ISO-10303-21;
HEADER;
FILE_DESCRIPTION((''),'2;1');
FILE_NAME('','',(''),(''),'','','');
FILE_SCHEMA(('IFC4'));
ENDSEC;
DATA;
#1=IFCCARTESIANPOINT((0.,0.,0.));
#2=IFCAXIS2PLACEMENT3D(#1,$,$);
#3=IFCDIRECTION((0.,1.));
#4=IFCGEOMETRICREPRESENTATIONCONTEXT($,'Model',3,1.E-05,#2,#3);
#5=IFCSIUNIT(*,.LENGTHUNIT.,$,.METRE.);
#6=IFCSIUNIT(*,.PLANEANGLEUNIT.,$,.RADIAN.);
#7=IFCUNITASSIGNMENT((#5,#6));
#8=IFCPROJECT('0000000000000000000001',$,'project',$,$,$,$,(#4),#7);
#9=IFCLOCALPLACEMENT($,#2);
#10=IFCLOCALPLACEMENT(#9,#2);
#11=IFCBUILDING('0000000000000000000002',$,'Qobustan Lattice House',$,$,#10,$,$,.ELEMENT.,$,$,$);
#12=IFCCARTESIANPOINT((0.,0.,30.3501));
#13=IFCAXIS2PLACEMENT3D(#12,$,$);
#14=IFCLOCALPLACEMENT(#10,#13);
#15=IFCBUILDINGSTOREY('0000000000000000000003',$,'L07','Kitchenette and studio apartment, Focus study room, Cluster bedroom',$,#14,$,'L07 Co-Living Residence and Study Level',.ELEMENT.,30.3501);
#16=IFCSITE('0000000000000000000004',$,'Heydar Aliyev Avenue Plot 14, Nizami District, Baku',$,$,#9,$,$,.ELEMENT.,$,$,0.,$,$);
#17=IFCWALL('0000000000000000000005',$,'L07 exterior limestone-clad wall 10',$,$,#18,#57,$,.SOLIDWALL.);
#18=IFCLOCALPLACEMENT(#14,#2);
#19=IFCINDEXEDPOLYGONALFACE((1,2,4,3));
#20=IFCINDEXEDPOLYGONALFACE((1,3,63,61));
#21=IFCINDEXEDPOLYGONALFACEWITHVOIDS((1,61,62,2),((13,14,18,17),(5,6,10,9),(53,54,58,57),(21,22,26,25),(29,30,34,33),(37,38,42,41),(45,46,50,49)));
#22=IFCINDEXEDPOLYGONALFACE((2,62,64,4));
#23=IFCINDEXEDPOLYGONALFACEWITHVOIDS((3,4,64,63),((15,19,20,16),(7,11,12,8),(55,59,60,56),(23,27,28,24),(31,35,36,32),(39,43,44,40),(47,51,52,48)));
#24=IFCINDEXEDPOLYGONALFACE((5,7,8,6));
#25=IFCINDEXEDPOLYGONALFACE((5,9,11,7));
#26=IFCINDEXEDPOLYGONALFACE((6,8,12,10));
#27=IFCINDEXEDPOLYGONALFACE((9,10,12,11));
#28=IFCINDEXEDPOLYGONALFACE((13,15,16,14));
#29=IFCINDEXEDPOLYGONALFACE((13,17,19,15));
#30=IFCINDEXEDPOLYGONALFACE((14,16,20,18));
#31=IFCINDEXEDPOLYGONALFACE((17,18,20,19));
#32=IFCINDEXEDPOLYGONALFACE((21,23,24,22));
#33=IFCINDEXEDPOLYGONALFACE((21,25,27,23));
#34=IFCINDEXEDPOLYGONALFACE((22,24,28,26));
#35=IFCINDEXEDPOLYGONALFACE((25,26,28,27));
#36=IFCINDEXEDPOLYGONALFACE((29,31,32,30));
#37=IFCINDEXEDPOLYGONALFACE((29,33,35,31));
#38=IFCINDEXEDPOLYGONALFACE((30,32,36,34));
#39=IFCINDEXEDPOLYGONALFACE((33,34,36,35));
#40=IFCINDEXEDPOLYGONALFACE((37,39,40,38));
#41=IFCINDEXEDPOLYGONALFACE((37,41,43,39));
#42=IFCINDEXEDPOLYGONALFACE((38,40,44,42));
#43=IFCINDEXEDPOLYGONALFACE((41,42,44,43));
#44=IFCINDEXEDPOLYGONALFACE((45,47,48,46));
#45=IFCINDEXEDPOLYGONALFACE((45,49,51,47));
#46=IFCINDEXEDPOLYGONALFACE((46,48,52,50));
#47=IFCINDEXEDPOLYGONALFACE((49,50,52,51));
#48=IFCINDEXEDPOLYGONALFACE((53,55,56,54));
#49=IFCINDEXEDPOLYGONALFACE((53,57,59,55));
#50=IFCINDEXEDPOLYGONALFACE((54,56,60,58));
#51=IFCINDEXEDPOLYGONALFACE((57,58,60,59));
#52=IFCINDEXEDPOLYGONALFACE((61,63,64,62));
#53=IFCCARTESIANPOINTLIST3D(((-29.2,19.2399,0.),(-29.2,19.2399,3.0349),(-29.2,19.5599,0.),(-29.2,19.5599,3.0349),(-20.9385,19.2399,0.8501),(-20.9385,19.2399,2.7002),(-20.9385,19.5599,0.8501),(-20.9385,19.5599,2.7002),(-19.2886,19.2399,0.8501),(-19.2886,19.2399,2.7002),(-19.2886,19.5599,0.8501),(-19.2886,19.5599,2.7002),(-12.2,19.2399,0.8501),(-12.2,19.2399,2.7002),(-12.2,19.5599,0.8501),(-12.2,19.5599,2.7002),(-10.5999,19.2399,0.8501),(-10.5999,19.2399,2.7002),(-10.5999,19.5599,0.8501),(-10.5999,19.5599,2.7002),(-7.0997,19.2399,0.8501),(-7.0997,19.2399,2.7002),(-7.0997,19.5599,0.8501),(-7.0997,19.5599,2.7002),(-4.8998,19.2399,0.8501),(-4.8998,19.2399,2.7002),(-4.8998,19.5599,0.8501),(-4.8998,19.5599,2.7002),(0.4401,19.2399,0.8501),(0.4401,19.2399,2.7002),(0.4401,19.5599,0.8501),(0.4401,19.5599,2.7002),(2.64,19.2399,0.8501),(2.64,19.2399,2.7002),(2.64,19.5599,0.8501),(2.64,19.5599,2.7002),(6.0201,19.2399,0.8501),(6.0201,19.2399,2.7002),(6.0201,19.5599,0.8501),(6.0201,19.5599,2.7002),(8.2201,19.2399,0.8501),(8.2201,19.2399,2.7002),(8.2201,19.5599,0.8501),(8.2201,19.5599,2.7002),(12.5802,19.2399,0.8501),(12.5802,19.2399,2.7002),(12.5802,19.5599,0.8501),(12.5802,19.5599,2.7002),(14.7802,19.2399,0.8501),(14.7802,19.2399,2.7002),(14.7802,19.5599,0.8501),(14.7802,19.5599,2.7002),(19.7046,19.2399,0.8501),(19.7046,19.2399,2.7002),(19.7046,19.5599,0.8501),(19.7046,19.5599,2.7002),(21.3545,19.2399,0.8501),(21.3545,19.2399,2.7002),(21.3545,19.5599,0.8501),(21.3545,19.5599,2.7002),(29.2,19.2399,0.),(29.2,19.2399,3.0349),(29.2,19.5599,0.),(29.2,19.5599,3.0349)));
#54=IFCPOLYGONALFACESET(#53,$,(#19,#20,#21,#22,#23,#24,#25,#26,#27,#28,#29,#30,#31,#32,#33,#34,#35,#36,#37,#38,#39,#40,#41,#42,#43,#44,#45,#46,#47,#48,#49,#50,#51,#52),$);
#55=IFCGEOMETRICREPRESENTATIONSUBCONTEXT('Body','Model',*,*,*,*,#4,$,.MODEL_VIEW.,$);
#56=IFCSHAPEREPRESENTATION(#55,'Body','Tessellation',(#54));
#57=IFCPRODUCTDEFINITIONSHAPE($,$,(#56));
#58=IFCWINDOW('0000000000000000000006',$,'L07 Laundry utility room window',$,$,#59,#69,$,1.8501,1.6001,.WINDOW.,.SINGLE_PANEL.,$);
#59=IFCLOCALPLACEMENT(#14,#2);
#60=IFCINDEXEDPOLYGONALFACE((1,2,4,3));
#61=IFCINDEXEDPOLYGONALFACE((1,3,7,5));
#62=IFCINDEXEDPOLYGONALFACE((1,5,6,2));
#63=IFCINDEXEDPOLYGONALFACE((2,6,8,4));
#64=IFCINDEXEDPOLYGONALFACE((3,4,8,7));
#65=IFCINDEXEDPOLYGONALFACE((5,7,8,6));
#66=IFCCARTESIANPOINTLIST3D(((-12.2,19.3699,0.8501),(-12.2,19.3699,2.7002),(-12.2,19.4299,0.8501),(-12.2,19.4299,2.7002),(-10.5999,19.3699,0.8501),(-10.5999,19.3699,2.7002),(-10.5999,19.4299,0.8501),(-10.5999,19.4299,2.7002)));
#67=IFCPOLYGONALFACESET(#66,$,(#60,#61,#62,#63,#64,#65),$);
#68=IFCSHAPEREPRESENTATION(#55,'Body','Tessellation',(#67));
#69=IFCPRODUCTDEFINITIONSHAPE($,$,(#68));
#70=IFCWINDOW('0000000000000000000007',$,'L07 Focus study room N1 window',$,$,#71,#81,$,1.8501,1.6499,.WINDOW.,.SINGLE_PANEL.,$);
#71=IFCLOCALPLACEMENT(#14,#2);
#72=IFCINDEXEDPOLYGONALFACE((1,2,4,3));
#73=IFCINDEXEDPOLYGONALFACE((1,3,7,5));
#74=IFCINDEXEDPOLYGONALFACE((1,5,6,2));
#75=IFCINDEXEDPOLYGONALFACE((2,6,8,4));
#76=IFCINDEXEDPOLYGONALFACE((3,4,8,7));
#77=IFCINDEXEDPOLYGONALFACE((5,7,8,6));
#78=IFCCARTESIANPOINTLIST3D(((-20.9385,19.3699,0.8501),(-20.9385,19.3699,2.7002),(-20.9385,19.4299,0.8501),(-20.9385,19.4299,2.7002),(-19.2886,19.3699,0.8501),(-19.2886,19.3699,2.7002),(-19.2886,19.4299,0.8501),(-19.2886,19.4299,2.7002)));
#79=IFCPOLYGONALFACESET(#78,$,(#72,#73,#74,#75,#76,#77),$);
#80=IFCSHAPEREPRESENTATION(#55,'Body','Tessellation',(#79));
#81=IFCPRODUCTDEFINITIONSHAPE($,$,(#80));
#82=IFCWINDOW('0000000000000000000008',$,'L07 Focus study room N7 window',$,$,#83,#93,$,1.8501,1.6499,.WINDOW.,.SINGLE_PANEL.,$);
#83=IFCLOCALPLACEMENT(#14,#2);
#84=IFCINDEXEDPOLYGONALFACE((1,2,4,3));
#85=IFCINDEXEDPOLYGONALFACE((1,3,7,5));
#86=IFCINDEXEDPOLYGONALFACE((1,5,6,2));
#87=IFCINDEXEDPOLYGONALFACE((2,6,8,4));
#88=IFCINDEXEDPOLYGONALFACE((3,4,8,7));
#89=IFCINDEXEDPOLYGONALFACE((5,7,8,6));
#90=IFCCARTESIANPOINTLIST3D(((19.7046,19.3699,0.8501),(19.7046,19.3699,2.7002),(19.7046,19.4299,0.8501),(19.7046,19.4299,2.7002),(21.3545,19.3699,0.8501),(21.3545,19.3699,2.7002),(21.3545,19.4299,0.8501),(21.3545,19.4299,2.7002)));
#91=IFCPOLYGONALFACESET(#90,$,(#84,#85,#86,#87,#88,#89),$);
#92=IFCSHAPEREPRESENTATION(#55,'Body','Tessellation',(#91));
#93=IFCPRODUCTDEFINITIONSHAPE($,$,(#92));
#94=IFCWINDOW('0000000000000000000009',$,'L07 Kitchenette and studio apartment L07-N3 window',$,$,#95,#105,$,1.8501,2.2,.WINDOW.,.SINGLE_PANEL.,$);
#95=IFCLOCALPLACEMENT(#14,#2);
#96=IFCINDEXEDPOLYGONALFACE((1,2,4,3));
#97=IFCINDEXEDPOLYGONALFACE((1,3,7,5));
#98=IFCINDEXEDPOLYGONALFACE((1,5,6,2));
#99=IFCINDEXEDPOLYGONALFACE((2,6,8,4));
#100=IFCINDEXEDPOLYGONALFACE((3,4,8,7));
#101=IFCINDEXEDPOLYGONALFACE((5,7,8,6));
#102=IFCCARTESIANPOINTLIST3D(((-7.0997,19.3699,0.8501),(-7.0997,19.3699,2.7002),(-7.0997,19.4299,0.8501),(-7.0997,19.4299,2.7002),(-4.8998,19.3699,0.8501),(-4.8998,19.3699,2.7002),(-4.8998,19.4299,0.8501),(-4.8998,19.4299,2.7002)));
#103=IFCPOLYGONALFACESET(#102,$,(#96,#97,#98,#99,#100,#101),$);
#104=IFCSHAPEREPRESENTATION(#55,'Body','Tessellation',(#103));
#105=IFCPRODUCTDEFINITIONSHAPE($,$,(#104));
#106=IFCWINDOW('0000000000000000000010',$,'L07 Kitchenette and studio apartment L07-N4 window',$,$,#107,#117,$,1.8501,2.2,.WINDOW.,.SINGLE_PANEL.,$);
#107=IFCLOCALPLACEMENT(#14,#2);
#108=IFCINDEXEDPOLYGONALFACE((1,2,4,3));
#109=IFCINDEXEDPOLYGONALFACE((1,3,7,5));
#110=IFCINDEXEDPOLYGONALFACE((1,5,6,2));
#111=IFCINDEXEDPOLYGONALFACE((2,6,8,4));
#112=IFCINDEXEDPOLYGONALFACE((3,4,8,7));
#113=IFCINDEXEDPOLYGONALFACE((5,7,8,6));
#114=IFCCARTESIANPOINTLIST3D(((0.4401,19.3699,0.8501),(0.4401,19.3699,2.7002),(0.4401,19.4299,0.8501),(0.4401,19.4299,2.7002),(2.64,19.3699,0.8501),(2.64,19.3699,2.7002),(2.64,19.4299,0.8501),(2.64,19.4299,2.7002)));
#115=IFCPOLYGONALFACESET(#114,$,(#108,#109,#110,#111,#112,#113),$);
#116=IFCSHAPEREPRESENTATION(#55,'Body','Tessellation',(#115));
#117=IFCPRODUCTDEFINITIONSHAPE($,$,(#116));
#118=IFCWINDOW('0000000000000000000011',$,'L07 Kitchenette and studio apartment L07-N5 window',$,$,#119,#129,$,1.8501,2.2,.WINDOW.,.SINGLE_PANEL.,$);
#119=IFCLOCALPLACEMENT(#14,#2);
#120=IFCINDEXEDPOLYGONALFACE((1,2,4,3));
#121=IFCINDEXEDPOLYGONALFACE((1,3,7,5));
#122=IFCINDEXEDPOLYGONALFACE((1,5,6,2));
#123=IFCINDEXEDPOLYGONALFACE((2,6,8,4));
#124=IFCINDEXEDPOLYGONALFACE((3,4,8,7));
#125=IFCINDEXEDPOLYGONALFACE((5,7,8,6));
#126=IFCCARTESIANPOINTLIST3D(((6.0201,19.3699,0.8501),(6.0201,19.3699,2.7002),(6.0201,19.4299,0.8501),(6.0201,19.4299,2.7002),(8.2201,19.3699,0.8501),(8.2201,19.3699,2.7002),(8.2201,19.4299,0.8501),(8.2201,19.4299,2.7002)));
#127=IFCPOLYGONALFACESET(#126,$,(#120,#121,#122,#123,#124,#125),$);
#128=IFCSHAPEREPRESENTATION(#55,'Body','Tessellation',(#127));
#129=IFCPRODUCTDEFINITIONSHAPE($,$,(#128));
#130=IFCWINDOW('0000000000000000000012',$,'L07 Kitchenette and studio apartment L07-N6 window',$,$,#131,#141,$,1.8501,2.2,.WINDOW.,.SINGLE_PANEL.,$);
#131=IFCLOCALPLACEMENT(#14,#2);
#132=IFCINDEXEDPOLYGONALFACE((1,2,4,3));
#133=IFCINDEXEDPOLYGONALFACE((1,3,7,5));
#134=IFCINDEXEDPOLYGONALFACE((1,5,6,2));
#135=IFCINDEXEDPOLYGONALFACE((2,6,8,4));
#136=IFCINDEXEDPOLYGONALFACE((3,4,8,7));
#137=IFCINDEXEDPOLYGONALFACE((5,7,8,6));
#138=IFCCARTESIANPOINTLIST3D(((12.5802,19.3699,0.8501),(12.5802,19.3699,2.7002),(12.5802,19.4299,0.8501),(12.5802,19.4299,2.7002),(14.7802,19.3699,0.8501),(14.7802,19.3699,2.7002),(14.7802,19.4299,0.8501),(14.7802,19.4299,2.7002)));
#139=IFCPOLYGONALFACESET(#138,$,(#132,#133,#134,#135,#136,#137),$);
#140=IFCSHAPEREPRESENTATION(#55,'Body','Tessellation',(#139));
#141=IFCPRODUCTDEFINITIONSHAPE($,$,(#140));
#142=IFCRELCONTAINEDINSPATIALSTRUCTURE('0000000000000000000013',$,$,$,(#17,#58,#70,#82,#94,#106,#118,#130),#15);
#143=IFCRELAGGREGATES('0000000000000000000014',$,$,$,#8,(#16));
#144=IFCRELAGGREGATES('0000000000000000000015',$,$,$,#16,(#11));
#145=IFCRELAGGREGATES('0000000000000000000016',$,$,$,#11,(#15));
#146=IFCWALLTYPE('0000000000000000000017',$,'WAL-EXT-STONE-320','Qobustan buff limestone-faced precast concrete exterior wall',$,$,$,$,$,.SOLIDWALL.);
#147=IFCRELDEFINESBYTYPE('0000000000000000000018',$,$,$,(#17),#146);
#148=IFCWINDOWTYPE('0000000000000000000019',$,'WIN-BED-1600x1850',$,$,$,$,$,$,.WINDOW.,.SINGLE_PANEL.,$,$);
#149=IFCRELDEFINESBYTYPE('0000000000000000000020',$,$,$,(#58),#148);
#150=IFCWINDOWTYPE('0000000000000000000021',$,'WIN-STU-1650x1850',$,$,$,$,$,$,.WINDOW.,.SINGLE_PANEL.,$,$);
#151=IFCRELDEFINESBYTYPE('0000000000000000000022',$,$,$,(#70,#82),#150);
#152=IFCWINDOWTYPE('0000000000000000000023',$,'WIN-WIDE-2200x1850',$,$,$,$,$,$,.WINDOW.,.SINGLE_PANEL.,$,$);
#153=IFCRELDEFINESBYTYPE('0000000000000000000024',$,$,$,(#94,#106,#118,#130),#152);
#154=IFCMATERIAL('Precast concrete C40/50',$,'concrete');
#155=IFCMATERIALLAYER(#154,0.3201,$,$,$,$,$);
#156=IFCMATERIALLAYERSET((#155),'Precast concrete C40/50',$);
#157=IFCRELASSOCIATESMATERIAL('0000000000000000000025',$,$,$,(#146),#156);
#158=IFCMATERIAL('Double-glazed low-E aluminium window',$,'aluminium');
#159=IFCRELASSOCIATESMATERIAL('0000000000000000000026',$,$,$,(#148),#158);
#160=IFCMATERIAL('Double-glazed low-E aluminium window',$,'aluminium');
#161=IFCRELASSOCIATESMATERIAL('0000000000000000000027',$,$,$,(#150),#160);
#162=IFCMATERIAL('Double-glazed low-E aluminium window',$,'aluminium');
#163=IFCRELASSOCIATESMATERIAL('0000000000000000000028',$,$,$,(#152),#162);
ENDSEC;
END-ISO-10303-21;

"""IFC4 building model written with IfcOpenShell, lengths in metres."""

from ifc_helpers import new_model, si_unit, direction, frame, frame_2d, origin, place, context, subcontext, project, spatial, rectangle, extrude, material, layer, layer_set, type_object, element, fill, save


model = new_model("IFC4")

# Units and contexts
model_context = context("Model", 3, precision=1e-05, world=origin(), true_north=direction((0.0, 1.0)))
body_context = subcontext(model_context, "Body", "Model", "MODEL_VIEW")
ifc_project = project(units=[si_unit("LENGTHUNIT", "METRE"), si_unit("PLANEANGLEUNIT", "RADIAN")], contexts=[model_context])

# Site, building, storey
site_placement = place(None, origin())
site = spatial("IfcSite", under=ifc_project, at=site_placement, Name="Heydar Aliyev Avenue Plot 14, Nizami District, Baku", CompositionType="ELEMENT", RefElevation=0.0)
building_placement = place(site_placement, origin())
building = spatial("IfcBuilding", under=site, at=building_placement, Name="Qobustan Lattice House", CompositionType="ELEMENT")
storey_placement = place(building_placement, frame((0.0, 0.0, 30.3501)))
storey = spatial("IfcBuildingStorey", under=building, at=storey_placement, Name="L07", Description="Kitchenette and studio apartment, Focus study room, Cluster bedroom", LongName="L07 Co-Living Residence and Study Level", CompositionType="ELEMENT", Elevation=30.3501)

# Shared definitions
ifc_material_1 = material(Name="Precast concrete C40/50", Category="concrete")
ifc_layer_1 = layer(ifc_material_1, 0.3201)
ifc_layer_set_1 = layer_set([ifc_layer_1], Name="Precast concrete C40/50")
wall_type = type_object("IfcWallType", Name="WAL-EXT-STONE-320", Description="Qobustan buff limestone-faced precast concrete exterior wall", PredefinedType="SOLIDWALL", material=ifc_layer_set_1)

# Wall, openings, windows
wall_1_placement = place(storey_placement, frame((-29.2, 19.3999, 0.0), z_axis=(0.0, 0.0, 1.0), x_axis=(1.0, 0.0, 0.0)))
wall_1 = element("IfcWall", 1, at=wall_1_placement, inside=storey, type_object=wall_type, Name="L07 exterior limestone-clad wall 10", PredefinedType="SOLIDWALL", context=body_context, shape_type="SweptSolid", body=[
    extrude(rectangle(XDim=58.3999, YDim=0.3201, at=frame_2d((29.2, 0.0))), origin(), (0.0, 0.0, 1.0), 3.0349),
])
opening_1_placement = place(wall_1_placement, frame((8.2615, 0.0, 0.8501)))
opening_1 = element("IfcOpeningElement", 2, at=opening_1_placement, cuts=wall_1, PredefinedType="OPENING", context=body_context, shape_type="SweptSolid", body=[
    extrude(rectangle(XDim=1.6499, YDim=1.8501, at=frame_2d((0.825, 0.925))), frame((0.0, 0.1699, 0.0), z_axis=(0.0, -1.0, 0.0), x_axis=(1.0, 0.0, 0.0)), (0.0, 0.0, 1.0), 0.3401),
])
opening_2_placement = place(wall_1_placement, frame((17.0, 0.0, 0.8501)))
opening_2 = element("IfcOpeningElement", 3, at=opening_2_placement, cuts=wall_1, PredefinedType="OPENING", context=body_context, shape_type="SweptSolid", body=[
    extrude(rectangle(XDim=1.6001, YDim=1.8501, at=frame_2d((0.8, 0.925))), frame((0.0, 0.1699, 0.0), z_axis=(0.0, -1.0, 0.0), x_axis=(1.0, 0.0, 0.0)), (0.0, 0.0, 1.0), 0.3401),
])
opening_3_placement = place(wall_1_placement, frame((22.1001, 0.0, 0.8501)))
opening_3 = element("IfcOpeningElement", 4, at=opening_3_placement, cuts=wall_1, PredefinedType="OPENING", context=body_context, shape_type="SweptSolid", body=[
    extrude(rectangle(XDim=2.2, YDim=1.8501, at=frame_2d((1.1001, 0.925))), frame((0.0, 0.1699, 0.0), z_axis=(0.0, -1.0, 0.0), x_axis=(1.0, 0.0, 0.0)), (0.0, 0.0, 1.0), 0.3401),
])
opening_4_placement = place(wall_1_placement, frame((29.6399, 0.0, 0.8501)))
opening_4 = element("IfcOpeningElement", 5, at=opening_4_placement, cuts=wall_1, PredefinedType="OPENING", context=body_context, shape_type="SweptSolid", body=[
    extrude(rectangle(XDim=2.2, YDim=1.8501, at=frame_2d((1.1001, 0.925))), frame((0.0, 0.1699, 0.0), z_axis=(0.0, -1.0, 0.0), x_axis=(1.0, 0.0, 0.0)), (0.0, 0.0, 1.0), 0.3401),
])
opening_5_placement = place(wall_1_placement, frame((35.22, 0.0, 0.8501)))
opening_5 = element("IfcOpeningElement", 6, at=opening_5_placement, cuts=wall_1, PredefinedType="OPENING", context=body_context, shape_type="SweptSolid", body=[
    extrude(rectangle(XDim=2.2, YDim=1.8501, at=frame_2d((1.1001, 0.925))), frame((0.0, 0.1699, 0.0), z_axis=(0.0, -1.0, 0.0), x_axis=(1.0, 0.0, 0.0)), (0.0, 0.0, 1.0), 0.3401),
])
opening_6_placement = place(wall_1_placement, frame((41.78, 0.0, 0.8501)))
opening_6 = element("IfcOpeningElement", 7, at=opening_6_placement, cuts=wall_1, PredefinedType="OPENING", context=body_context, shape_type="SweptSolid", body=[
    extrude(rectangle(XDim=2.2, YDim=1.8501, at=frame_2d((1.1001, 0.925))), frame((0.0, 0.1699, 0.0), z_axis=(0.0, -1.0, 0.0), x_axis=(1.0, 0.0, 0.0)), (0.0, 0.0, 1.0), 0.3401),
])
opening_7_placement = place(wall_1_placement, frame((48.9045, 0.0, 0.8501)))
opening_7 = element("IfcOpeningElement", 8, at=opening_7_placement, cuts=wall_1, PredefinedType="OPENING", context=body_context, shape_type="SweptSolid", body=[
    extrude(rectangle(XDim=1.6499, YDim=1.8501, at=frame_2d((0.825, 0.925))), frame((0.0, 0.1699, 0.0), z_axis=(0.0, -1.0, 0.0), x_axis=(1.0, 0.0, 0.0)), (0.0, 0.0, 1.0), 0.3401),
])
ifc_material_2 = material(Name="Double-glazed low-E aluminium window", Category="aluminium")
window_type_1 = type_object("IfcWindowType", Name="WIN-BED-1600x1850", PartitioningType="SINGLE_PANEL", PredefinedType="WINDOW", material=ifc_material_2)
window_1_placement = place(opening_2_placement, origin())
window_1 = element("IfcWindow", 9, at=window_1_placement, inside=storey, type_object=window_type_1, Name="L07 Laundry utility room window", OverallHeight=1.8501, OverallWidth=1.6001, PartitioningType="SINGLE_PANEL", PredefinedType="WINDOW", context=body_context, shape_type="SweptSolid", body=[
    extrude(rectangle(XDim=1.6001, YDim=1.8501, at=frame_2d((0.8, 0.925))), frame((0.0, 0.03, 0.0), z_axis=(0.0, -1.0, 0.0), x_axis=(1.0, 0.0, 0.0)), (0.0, 0.0, 1.0), 0.0601),
])
fill(opening_2, window_1)
ifc_material_3 = material(Name="Double-glazed low-E aluminium window", Category="aluminium")
window_type_2 = type_object("IfcWindowType", Name="WIN-STU-1650x1850", PartitioningType="SINGLE_PANEL", PredefinedType="WINDOW", material=ifc_material_3)
window_2_placement = place(opening_1_placement, origin())
window_2 = element("IfcWindow", 10, at=window_2_placement, inside=storey, type_object=window_type_2, Name="L07 Focus study room N1 window", OverallHeight=1.8501, OverallWidth=1.6499, PartitioningType="SINGLE_PANEL", PredefinedType="WINDOW", context=body_context, shape_type="SweptSolid", body=[
    extrude(rectangle(XDim=1.6499, YDim=1.8501, at=frame_2d((0.825, 0.925))), frame((0.0, 0.03, 0.0), z_axis=(0.0, -1.0, 0.0), x_axis=(1.0, 0.0, 0.0)), (0.0, 0.0, 1.0), 0.0601),
])
fill(opening_1, window_2)
window_3_placement = place(opening_7_placement, origin())
window_3 = element("IfcWindow", 11, at=window_3_placement, inside=storey, type_object=window_type_2, Name="L07 Focus study room N7 window", OverallHeight=1.8501, OverallWidth=1.6499, PartitioningType="SINGLE_PANEL", PredefinedType="WINDOW", context=body_context, shape_type="SweptSolid", body=[
    extrude(rectangle(XDim=1.6499, YDim=1.8501, at=frame_2d((0.825, 0.925))), frame((0.0, 0.03, 0.0), z_axis=(0.0, -1.0, 0.0), x_axis=(1.0, 0.0, 0.0)), (0.0, 0.0, 1.0), 0.0601),
])
fill(opening_7, window_3)
ifc_material_4 = material(Name="Double-glazed low-E aluminium window", Category="aluminium")
window_type_3 = type_object("IfcWindowType", Name="WIN-WIDE-2200x1850", PartitioningType="SINGLE_PANEL", PredefinedType="WINDOW", material=ifc_material_4)
window_4_placement = place(opening_3_placement, origin())
window_4 = element("IfcWindow", 12, at=window_4_placement, inside=storey, type_object=window_type_3, Name="L07 Kitchenette and studio apartment L07-N3 window", OverallHeight=1.8501, OverallWidth=2.2, PartitioningType="SINGLE_PANEL", PredefinedType="WINDOW", context=body_context, shape_type="SweptSolid", body=[
    extrude(rectangle(XDim=2.2, YDim=1.8501, at=frame_2d((1.1001, 0.925))), frame((0.0, 0.03, 0.0), z_axis=(0.0, -1.0, 0.0), x_axis=(1.0, 0.0, 0.0)), (0.0, 0.0, 1.0), 0.0601),
])
fill(opening_3, window_4)
window_5_placement = place(opening_4_placement, origin())
window_5 = element("IfcWindow", 13, at=window_5_placement, inside=storey, type_object=window_type_3, Name="L07 Kitchenette and studio apartment L07-N4 window", OverallHeight=1.8501, OverallWidth=2.2, PartitioningType="SINGLE_PANEL", PredefinedType="WINDOW", context=body_context, shape_type="SweptSolid", body=[
    extrude(rectangle(XDim=2.2, YDim=1.8501, at=frame_2d((1.1001, 0.925))), frame((0.0, 0.03, 0.0), z_axis=(0.0, -1.0, 0.0), x_axis=(1.0, 0.0, 0.0)), (0.0, 0.0, 1.0), 0.0601),
])
fill(opening_4, window_5)
window_6_placement = place(opening_5_placement, origin())
window_6 = element("IfcWindow", 14, at=window_6_placement, inside=storey, type_object=window_type_3, Name="L07 Kitchenette and studio apartment L07-N5 window", OverallHeight=1.8501, OverallWidth=2.2, PartitioningType="SINGLE_PANEL", PredefinedType="WINDOW", context=body_context, shape_type="SweptSolid", body=[
    extrude(rectangle(XDim=2.2, YDim=1.8501, at=frame_2d((1.1001, 0.925))), frame((0.0, 0.03, 0.0), z_axis=(0.0, -1.0, 0.0), x_axis=(1.0, 0.0, 0.0)), (0.0, 0.0, 1.0), 0.0601),
])
fill(opening_5, window_6)
window_7_placement = place(opening_6_placement, origin())
window_7 = element("IfcWindow", 15, at=window_7_placement, inside=storey, type_object=window_type_3, Name="L07 Kitchenette and studio apartment L07-N6 window", OverallHeight=1.8501, OverallWidth=2.2, PartitioningType="SINGLE_PANEL", PredefinedType="WINDOW", context=body_context, shape_type="SweptSolid", body=[
    extrude(rectangle(XDim=2.2, YDim=1.8501, at=frame_2d((1.1001, 0.925))), frame((0.0, 0.03, 0.0), z_axis=(0.0, -1.0, 0.0), x_axis=(1.0, 0.0, 0.0)), (0.0, 0.0, 1.0), 0.0601),
])
fill(opening_6, window_7)

save(model, "model.ifc")
